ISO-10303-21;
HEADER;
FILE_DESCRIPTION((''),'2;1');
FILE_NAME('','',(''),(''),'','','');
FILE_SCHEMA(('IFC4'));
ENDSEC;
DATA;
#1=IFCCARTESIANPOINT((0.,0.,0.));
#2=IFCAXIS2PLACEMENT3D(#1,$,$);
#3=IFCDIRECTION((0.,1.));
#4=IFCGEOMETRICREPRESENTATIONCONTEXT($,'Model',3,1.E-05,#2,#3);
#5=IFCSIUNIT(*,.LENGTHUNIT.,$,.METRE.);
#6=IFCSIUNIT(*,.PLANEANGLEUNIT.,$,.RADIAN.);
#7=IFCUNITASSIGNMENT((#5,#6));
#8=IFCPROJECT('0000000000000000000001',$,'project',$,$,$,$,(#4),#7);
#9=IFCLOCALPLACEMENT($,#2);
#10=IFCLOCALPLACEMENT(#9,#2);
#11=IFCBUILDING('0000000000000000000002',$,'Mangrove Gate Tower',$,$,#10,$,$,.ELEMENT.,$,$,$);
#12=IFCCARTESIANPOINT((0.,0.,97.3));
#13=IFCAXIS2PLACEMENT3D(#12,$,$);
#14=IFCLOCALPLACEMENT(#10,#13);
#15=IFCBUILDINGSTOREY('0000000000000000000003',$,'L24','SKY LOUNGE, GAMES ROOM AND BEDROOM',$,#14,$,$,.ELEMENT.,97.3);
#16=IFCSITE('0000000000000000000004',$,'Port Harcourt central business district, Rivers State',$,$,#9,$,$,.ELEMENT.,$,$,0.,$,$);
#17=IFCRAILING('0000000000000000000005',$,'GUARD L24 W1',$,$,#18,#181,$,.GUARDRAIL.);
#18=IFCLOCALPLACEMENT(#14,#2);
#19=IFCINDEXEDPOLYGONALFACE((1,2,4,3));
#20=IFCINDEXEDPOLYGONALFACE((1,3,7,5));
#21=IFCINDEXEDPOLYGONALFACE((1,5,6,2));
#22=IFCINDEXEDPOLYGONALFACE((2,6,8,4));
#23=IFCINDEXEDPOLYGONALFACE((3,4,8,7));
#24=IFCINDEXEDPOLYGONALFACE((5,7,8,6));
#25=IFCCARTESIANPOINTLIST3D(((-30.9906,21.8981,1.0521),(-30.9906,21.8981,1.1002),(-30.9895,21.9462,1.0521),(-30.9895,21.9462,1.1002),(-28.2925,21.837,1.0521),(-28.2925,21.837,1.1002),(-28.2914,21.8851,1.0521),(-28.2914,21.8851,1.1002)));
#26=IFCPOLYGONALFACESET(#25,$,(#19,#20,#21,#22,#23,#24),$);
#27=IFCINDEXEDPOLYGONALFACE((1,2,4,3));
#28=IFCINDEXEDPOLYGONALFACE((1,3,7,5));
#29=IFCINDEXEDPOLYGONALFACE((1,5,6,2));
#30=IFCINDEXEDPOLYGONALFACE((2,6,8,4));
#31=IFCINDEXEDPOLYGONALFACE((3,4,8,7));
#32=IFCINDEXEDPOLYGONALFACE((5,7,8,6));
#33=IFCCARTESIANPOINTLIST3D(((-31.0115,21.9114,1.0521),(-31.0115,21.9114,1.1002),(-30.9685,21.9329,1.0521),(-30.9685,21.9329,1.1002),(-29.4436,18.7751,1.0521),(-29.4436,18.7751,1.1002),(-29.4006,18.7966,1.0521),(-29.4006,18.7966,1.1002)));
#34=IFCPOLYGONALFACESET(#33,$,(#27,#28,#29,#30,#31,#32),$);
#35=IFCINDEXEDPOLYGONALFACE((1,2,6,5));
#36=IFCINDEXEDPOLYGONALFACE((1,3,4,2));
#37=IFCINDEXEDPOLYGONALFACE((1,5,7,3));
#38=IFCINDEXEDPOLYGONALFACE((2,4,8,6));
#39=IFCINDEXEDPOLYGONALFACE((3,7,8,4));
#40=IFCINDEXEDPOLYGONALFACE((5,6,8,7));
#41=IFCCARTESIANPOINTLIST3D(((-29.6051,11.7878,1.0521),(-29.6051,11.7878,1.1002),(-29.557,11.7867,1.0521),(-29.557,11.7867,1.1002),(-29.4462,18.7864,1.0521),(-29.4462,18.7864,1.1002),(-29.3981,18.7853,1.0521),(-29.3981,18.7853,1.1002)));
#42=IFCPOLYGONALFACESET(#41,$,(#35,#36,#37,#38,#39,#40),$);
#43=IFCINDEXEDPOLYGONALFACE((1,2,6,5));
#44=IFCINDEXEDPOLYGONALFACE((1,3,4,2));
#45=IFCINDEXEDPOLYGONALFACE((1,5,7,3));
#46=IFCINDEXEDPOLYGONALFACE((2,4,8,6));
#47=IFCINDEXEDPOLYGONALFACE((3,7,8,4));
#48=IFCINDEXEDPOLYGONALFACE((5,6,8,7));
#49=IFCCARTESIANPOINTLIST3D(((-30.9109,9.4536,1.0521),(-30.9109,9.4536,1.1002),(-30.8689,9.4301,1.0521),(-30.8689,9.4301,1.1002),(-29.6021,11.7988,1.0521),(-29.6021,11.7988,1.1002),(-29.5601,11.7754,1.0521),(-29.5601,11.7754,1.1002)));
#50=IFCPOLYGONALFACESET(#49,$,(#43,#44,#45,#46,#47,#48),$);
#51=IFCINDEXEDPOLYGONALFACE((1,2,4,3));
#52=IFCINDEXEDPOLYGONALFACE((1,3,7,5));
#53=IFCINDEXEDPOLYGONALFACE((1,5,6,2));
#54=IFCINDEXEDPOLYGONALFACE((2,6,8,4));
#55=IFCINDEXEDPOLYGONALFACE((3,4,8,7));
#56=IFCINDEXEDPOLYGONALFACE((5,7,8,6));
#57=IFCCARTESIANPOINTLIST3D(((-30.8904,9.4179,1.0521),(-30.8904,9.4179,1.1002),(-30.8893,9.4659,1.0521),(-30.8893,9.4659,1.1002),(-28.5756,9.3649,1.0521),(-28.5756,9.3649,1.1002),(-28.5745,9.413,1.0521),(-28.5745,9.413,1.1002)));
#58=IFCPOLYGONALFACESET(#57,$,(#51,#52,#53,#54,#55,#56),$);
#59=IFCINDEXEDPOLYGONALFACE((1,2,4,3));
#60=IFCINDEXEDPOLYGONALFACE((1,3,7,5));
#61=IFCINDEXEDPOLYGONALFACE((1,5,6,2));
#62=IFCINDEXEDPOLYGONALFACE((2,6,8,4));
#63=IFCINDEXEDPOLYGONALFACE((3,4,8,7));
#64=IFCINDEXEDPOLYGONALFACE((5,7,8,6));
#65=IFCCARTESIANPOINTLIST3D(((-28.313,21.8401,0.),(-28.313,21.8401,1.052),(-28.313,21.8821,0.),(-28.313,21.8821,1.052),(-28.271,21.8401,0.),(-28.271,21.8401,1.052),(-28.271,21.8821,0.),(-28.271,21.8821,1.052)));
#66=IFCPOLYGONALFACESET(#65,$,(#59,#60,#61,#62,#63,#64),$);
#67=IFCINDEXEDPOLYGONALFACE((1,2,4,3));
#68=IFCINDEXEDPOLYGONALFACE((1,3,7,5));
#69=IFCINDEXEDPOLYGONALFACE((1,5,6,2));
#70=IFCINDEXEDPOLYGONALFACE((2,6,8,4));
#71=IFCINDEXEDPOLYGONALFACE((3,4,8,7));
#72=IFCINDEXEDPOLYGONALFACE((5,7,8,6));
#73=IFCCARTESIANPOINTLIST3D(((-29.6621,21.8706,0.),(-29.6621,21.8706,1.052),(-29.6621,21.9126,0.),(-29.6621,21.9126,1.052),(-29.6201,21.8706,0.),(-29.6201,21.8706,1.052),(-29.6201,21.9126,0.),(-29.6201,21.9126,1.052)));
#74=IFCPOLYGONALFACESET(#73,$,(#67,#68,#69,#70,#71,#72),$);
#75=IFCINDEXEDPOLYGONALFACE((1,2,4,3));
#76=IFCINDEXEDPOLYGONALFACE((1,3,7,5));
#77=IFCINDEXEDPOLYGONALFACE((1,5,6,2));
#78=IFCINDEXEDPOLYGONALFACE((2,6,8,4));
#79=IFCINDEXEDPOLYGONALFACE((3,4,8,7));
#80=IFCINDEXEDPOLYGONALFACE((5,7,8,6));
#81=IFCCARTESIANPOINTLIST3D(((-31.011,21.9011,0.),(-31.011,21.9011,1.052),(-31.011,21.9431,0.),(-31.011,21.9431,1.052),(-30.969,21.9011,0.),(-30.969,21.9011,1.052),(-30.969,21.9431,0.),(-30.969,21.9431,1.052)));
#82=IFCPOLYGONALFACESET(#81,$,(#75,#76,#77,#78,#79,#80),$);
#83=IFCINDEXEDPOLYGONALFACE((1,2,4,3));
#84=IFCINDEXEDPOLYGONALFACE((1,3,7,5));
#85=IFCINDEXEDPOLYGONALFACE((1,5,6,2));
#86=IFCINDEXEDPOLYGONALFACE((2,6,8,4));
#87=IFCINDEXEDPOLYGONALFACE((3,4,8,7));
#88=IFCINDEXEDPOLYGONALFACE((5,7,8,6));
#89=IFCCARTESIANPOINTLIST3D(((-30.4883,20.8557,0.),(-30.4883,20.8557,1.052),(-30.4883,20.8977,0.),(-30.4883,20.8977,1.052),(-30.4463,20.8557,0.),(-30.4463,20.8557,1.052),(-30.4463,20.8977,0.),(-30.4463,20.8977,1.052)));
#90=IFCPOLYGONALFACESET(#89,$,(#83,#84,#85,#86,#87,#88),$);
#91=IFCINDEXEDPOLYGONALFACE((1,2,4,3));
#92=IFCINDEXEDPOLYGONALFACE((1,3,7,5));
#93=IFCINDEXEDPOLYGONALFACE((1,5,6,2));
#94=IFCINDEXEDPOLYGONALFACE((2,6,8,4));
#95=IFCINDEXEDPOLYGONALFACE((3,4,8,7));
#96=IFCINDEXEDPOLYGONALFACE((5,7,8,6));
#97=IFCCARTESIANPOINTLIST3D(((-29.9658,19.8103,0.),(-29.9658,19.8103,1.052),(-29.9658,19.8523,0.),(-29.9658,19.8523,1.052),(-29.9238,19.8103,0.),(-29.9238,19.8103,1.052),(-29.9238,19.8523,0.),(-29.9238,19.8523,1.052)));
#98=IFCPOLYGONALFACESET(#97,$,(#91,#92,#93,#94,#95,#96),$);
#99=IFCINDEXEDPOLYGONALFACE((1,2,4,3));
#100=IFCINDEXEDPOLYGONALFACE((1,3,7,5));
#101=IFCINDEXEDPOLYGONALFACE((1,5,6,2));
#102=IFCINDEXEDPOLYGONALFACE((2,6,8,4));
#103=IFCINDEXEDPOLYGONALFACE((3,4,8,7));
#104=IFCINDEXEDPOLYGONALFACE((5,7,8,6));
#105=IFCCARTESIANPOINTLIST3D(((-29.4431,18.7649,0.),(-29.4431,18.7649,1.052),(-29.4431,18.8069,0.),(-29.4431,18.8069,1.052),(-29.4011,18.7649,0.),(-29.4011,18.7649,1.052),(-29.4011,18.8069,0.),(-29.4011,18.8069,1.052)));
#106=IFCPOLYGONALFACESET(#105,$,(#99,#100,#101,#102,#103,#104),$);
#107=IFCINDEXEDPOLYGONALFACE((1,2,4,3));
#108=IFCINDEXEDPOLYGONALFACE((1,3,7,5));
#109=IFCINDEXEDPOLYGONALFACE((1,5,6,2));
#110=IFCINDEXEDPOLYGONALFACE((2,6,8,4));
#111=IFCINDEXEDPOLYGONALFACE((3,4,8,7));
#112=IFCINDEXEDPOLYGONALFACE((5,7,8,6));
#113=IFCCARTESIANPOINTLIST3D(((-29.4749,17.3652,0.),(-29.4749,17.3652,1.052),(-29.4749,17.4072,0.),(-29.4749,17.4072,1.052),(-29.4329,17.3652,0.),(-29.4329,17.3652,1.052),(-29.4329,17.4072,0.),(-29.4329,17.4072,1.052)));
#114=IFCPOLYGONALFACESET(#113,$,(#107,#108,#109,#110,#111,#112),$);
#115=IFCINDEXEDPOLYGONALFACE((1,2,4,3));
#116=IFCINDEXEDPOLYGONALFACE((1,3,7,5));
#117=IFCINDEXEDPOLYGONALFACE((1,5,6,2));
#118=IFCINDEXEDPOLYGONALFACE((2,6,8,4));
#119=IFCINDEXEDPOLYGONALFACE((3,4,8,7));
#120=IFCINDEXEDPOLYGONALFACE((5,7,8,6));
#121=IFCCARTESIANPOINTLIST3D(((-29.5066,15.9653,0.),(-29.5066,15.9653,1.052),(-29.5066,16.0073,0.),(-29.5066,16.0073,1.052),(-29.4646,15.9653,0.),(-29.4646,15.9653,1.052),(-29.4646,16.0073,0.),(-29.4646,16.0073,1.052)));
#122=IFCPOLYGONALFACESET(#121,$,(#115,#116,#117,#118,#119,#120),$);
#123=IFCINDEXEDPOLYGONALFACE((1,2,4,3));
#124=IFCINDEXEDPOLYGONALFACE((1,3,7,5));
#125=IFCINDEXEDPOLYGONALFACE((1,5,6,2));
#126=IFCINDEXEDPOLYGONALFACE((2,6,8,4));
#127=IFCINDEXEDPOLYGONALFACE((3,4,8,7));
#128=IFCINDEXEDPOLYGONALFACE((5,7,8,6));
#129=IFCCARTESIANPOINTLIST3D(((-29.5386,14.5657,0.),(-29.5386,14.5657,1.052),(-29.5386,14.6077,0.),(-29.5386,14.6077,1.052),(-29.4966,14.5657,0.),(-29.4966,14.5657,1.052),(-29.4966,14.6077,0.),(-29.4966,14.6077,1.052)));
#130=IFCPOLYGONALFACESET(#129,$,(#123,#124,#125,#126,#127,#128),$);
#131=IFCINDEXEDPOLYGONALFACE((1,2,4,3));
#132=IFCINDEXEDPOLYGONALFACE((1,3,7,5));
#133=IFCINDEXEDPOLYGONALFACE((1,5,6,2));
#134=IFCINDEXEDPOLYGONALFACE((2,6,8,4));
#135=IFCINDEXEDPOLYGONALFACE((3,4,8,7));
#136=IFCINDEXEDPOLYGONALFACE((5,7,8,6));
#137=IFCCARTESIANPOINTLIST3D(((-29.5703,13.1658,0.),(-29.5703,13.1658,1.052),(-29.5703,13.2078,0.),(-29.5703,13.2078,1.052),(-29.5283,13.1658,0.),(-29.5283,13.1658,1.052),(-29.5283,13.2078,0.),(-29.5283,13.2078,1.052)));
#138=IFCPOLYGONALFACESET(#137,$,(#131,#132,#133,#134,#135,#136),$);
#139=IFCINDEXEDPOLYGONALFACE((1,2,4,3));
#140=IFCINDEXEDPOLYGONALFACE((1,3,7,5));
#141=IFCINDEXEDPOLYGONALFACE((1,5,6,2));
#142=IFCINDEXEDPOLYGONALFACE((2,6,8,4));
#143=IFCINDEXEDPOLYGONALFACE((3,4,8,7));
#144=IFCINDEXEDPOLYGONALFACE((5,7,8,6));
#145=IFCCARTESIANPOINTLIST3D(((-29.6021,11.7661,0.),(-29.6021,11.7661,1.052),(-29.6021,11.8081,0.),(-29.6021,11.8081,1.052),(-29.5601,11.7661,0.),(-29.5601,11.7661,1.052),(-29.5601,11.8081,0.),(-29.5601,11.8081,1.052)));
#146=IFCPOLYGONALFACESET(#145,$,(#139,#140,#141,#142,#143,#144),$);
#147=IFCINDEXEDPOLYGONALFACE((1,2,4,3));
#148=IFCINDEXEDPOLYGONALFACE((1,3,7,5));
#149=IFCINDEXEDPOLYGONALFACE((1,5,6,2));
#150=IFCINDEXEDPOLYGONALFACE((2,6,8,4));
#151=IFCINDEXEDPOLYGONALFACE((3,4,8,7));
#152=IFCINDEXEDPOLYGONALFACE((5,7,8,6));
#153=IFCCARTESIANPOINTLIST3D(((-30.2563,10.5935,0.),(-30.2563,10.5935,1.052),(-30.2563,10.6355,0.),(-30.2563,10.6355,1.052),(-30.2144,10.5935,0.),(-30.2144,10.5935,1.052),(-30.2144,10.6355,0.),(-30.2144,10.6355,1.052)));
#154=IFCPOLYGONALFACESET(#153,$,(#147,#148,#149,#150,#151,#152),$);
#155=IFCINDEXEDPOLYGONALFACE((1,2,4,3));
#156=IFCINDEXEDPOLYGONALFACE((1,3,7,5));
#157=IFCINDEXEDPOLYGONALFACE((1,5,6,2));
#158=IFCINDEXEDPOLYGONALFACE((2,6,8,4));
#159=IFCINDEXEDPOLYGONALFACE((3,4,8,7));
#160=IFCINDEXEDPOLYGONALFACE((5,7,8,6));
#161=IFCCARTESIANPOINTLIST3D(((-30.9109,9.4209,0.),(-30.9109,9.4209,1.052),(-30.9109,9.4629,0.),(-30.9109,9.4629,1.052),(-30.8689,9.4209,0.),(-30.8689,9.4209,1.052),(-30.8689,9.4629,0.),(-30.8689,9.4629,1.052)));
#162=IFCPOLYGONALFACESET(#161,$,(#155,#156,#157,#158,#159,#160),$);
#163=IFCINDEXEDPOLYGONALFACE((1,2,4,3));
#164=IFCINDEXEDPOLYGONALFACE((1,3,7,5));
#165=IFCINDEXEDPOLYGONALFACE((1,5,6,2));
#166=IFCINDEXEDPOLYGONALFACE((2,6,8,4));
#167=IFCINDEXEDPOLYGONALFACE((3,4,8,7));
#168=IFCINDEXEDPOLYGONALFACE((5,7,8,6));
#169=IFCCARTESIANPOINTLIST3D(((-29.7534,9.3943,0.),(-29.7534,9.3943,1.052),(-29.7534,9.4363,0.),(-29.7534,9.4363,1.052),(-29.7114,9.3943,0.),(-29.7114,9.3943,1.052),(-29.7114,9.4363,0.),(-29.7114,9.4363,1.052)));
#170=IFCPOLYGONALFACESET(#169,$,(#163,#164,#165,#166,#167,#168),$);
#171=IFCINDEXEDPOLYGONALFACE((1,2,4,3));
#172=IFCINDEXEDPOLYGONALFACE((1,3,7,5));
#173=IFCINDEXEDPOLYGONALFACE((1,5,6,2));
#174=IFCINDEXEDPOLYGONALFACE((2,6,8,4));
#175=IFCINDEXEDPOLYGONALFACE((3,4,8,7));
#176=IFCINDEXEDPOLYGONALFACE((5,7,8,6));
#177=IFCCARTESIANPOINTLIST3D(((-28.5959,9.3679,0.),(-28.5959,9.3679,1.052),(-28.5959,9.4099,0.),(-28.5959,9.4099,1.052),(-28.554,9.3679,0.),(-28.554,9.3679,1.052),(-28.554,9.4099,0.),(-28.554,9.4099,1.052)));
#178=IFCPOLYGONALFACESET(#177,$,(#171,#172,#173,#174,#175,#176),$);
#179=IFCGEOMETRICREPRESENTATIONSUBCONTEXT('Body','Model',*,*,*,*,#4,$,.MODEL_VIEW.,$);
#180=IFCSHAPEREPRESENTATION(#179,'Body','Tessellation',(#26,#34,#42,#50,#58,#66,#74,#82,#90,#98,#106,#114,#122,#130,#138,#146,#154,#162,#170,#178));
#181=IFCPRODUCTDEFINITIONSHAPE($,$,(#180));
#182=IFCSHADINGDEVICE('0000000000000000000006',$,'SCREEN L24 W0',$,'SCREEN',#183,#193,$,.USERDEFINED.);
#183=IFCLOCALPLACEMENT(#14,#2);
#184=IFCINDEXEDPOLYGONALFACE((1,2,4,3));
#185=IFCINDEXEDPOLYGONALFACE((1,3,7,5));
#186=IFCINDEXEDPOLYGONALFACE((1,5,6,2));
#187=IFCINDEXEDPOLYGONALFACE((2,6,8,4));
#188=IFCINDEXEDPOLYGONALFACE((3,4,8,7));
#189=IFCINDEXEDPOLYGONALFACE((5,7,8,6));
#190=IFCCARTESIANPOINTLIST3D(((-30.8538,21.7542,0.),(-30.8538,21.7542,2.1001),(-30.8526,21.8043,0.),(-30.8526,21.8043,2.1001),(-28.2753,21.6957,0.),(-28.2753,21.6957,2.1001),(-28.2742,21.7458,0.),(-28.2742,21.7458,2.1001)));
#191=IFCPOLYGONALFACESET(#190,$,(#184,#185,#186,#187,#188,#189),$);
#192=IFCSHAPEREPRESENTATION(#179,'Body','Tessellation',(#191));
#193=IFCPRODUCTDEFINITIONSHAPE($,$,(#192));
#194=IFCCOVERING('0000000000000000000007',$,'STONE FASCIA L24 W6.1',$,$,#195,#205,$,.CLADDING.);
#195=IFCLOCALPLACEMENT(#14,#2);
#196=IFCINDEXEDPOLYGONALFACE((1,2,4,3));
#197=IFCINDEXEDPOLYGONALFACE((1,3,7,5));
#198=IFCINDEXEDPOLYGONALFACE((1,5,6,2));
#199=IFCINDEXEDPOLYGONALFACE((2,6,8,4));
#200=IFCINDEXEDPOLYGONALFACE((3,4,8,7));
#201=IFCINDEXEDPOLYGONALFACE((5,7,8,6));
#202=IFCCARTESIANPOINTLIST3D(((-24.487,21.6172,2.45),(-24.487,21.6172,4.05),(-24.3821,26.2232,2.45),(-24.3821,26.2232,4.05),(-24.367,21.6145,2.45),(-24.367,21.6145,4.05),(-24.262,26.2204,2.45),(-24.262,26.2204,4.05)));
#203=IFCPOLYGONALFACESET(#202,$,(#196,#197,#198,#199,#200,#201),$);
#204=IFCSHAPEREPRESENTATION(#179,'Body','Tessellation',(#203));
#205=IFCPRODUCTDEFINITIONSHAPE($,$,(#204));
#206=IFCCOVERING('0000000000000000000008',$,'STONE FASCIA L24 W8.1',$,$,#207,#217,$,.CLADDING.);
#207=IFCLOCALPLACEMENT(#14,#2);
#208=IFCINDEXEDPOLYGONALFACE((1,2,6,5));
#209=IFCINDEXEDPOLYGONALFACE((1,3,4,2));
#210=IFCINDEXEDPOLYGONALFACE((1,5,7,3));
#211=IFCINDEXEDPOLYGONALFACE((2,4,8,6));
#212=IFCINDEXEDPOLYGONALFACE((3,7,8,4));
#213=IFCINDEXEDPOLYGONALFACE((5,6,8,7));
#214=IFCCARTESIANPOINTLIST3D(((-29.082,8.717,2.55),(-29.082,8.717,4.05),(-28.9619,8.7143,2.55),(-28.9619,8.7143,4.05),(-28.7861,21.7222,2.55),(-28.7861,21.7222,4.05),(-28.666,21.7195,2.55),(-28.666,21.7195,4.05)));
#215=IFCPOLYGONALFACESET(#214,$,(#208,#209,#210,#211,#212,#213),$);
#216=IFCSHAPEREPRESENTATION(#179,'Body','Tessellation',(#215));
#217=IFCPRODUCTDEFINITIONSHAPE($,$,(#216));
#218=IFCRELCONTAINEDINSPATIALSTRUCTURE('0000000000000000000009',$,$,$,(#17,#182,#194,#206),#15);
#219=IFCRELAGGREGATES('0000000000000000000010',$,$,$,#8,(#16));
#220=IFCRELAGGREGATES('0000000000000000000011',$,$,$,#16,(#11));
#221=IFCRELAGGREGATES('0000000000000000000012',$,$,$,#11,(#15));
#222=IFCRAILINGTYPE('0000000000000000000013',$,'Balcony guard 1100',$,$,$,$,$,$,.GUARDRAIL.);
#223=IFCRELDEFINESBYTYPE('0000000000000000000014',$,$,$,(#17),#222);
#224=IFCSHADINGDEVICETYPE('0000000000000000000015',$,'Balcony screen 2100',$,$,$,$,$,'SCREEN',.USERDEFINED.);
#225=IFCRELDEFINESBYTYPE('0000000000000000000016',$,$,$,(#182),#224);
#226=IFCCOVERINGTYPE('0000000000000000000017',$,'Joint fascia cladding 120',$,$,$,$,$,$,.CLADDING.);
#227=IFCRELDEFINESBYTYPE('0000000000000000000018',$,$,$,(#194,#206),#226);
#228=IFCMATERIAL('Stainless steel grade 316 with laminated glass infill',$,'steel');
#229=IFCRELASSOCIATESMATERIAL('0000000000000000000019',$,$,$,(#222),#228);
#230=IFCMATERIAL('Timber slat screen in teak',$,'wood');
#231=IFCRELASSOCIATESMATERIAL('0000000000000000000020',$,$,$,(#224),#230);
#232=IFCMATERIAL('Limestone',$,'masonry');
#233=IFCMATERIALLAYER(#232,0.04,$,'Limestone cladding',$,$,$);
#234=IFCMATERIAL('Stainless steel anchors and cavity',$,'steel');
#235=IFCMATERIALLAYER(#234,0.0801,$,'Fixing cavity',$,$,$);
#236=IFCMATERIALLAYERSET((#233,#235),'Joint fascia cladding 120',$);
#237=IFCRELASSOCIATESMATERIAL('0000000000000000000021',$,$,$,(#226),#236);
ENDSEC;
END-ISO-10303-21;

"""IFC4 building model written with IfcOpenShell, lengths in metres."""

from ifc_helpers import new_model, si_unit, direction, frame, frame_2d, origin, origin_2d, place, context, subcontext, project, spatial, rectangle, extrude, material, layer, layer_set, type_object, element, save


model = new_model("IFC4")

# Units and contexts
model_context = context("Model", 3, precision=1e-05, world=origin(), true_north=direction((0.0, 1.0)))
body_context = subcontext(model_context, "Body", "Model", "MODEL_VIEW")
ifc_project = project(units=[si_unit("LENGTHUNIT", "METRE"), si_unit("PLANEANGLEUNIT", "RADIAN")], contexts=[model_context])

# Site, building, storey
site_placement = place(None, origin())
site = spatial("IfcSite", under=ifc_project, at=site_placement, Name="Port Harcourt central business district, Rivers State", CompositionType="ELEMENT", RefElevation=0.0)
building_placement = place(site_placement, origin())
building = spatial("IfcBuilding", under=site, at=building_placement, Name="Mangrove Gate Tower", CompositionType="ELEMENT")
storey_placement = place(building_placement, frame((0.0, 0.0, 97.3)))
storey = spatial("IfcBuildingStorey", under=building, at=storey_placement, Name="L24", Description="SKY LOUNGE, GAMES ROOM AND BEDROOM", CompositionType="ELEMENT", Elevation=97.3)

# Shared definitions
ifc_material_1 = material(Name="Limestone", Category="masonry")

# Railing
ifc_material_2 = material(Name="Stainless steel grade 316 with laminated glass infill", Category="steel")
railing_type = type_object("IfcRailingType", Name="Balcony guard 1100", PredefinedType="GUARDRAIL", material=ifc_material_2)
railing_placement = place(storey_placement, frame((-28.292, 21.8611, 0.0)))
element("IfcRailing", 1, at=railing_placement, inside=storey, type_object=railing_type, Name="GUARD L24 W1", PredefinedType="GUARDRAIL", context=body_context, shape_type="SweptSolid", body=[
    extrude(rectangle(XDim=0.0481, YDim=0.0481, at=origin_2d()), frame((0.0, 0.0, 1.0762), z_axis=(-0.999744, 0.022617, 0.0), x_axis=(-0.022617, -0.999744, 0.0)), (0.0, 0.0, 1.0), 2.6987),
    extrude(rectangle(XDim=0.0481, YDim=0.0481, at=origin_2d()), frame((-2.698, 0.061, 1.0762), z_axis=(0.447158, -0.894455, 0.0), x_axis=(0.894455, 0.447158, 0.0)), (0.0, 0.0, 1.0), 3.5063),
    extrude(rectangle(XDim=0.0481, YDim=0.0481, at=origin_2d()), frame((-1.1301, -3.0752, 1.0762), z_axis=(-0.022703, -0.999742, 0.0), x_axis=(0.999742, -0.022703, 0.0)), (0.0, 0.0, 1.0), 7.0005),
    extrude(rectangle(XDim=0.0481, YDim=0.0481, at=origin_2d()), frame((-1.2891, -10.074, 1.0762), z_axis=(-0.487332, -0.873217, 0.0), x_axis=(0.873217, -0.487332, 0.0)), (0.0, 0.0, 1.0), 2.6858),
    extrude(rectangle(XDim=0.0481, YDim=0.0481, at=origin_2d()), frame((-2.5979, -12.4192, 1.0762), z_axis=(0.999738, -0.022879, 0.0), x_axis=(0.022879, 0.999738, 0.0)), (0.0, 0.0, 1.0), 2.3154),
    extrude(rectangle(XDim=0.042, YDim=0.042, at=origin_2d()), origin(), (0.0, 0.0, 1.0), 1.052),
    extrude(rectangle(XDim=0.042, YDim=0.042, at=origin_2d()), frame((-1.3491, 0.0305, 0.0)), (0.0, 0.0, 1.0), 1.052),
    extrude(rectangle(XDim=0.042, YDim=0.042, at=origin_2d()), frame((-2.698, 0.061, 0.0)), (0.0, 0.0, 1.0), 1.052),
    extrude(rectangle(XDim=0.042, YDim=0.042, at=origin_2d()), frame((-2.1753, -0.9844, 0.0)), (0.0, 0.0, 1.0), 1.052),
    extrude(rectangle(XDim=0.042, YDim=0.042, at=origin_2d()), frame((-1.6528, -2.0298, 0.0)), (0.0, 0.0, 1.0), 1.052),
    extrude(rectangle(XDim=0.042, YDim=0.042, at=origin_2d()), frame((-1.1301, -3.0752, 0.0)), (0.0, 0.0, 1.0), 1.052),
    extrude(rectangle(XDim=0.042, YDim=0.042, at=origin_2d()), frame((-1.1619, -4.4749, 0.0)), (0.0, 0.0, 1.0), 1.052),
    extrude(rectangle(XDim=0.042, YDim=0.042, at=origin_2d()), frame((-1.1936, -5.8748, 0.0)), (0.0, 0.0, 1.0), 1.052),
    extrude(rectangle(XDim=0.042, YDim=0.042, at=origin_2d()), frame((-1.2256, -7.2744, 0.0)), (0.0, 0.0, 1.0), 1.052),
    extrude(rectangle(XDim=0.042, YDim=0.042, at=origin_2d()), frame((-1.2573, -8.6743, 0.0)), (0.0, 0.0, 1.0), 1.052),
    extrude(rectangle(XDim=0.042, YDim=0.042, at=origin_2d()), frame((-1.2891, -10.074, 0.0)), (0.0, 0.0, 1.0), 1.052),
    extrude(rectangle(XDim=0.042, YDim=0.042, at=origin_2d()), frame((-1.9434, -11.2466, 0.0)), (0.0, 0.0, 1.0), 1.052),
    extrude(rectangle(XDim=0.042, YDim=0.042, at=origin_2d()), frame((-2.5979, -12.4192, 0.0)), (0.0, 0.0, 1.0), 1.052),
    extrude(rectangle(XDim=0.042, YDim=0.042, at=origin_2d()), frame((-1.4404, -12.4458, 0.0)), (0.0, 0.0, 1.0), 1.052),
    extrude(rectangle(XDim=0.042, YDim=0.042, at=origin_2d()), frame((-0.283, -12.4722, 0.0)), (0.0, 0.0, 1.0), 1.052),
])

# Shading device
ifc_material_3 = material(Name="Timber slat screen in teak", Category="wood")
shading_device_type = type_object("IfcShadingDeviceType", Name="Balcony screen 2100", ElementType="SCREEN", PredefinedType="USERDEFINED", material=ifc_material_3)
shading_device_placement = place(storey_placement, frame((-29.564, 21.75, 0.0), z_axis=(0.0, 0.0, 1.0), x_axis=(-0.999743, 0.02267, 0.0)))
element("IfcShadingDevice", 2, at=shading_device_placement, inside=storey, type_object=shading_device_type, Name="SCREEN L24 W0", ObjectType="SCREEN", PredefinedType="USERDEFINED", context=body_context, shape_type="SweptSolid", body=[
    extrude(rectangle(XDim=2.5791, YDim=0.05, at=origin_2d()), origin(), (0.0, 0.0, 1.0), 2.1001),
])

# Coverings
ifc_layer_1 = layer(ifc_material_1, 0.04, Name="Limestone cladding")
ifc_material_4 = material(Name="Stainless steel anchors and cavity", Category="steel")
ifc_layer_2 = layer(ifc_material_4, 0.0801, Name="Fixing cavity")
ifc_layer_set_1 = layer_set([ifc_layer_1, ifc_layer_2], Name="Joint fascia cladding 120")
covering_type = type_object("IfcCoveringType", Name="Joint fascia cladding 120", PredefinedType="CLADDING", material=ifc_layer_set_1)
covering_1_placement = place(storey_placement, frame((-24.322, 26.2219, 2.45), z_axis=(0.0, 0.0, 1.0), x_axis=(-0.022786, -0.99974, 0.0)))
element("IfcCovering", 3, at=covering_1_placement, inside=storey, type_object=covering_type, Name="STONE FASCIA L24 W6.1", PredefinedType="CLADDING", context=body_context, shape_type="SweptSolid", body=[
    extrude(rectangle(XDim=4.6072, YDim=0.1201, at=frame_2d((2.3037, 0.0))), origin(), (0.0, 0.0, 1.0), 1.6001),
])
covering_2_placement = place(storey_placement, frame((-28.7261, 21.7209, 2.55), z_axis=(0.0, 0.0, 1.0), x_axis=(-0.022747, -0.999741, 0.0)))
element("IfcCovering", 4, at=covering_2_placement, inside=storey, type_object=covering_type, Name="STONE FASCIA L24 W8.1", PredefinedType="CLADDING", context=body_context, shape_type="SweptSolid", body=[
    extrude(rectangle(XDim=13.0085, YDim=0.1201, at=frame_2d((6.5044, 0.0))), origin(), (0.0, 0.0, 1.0), 1.5),
])

save(model, "model.ifc")
